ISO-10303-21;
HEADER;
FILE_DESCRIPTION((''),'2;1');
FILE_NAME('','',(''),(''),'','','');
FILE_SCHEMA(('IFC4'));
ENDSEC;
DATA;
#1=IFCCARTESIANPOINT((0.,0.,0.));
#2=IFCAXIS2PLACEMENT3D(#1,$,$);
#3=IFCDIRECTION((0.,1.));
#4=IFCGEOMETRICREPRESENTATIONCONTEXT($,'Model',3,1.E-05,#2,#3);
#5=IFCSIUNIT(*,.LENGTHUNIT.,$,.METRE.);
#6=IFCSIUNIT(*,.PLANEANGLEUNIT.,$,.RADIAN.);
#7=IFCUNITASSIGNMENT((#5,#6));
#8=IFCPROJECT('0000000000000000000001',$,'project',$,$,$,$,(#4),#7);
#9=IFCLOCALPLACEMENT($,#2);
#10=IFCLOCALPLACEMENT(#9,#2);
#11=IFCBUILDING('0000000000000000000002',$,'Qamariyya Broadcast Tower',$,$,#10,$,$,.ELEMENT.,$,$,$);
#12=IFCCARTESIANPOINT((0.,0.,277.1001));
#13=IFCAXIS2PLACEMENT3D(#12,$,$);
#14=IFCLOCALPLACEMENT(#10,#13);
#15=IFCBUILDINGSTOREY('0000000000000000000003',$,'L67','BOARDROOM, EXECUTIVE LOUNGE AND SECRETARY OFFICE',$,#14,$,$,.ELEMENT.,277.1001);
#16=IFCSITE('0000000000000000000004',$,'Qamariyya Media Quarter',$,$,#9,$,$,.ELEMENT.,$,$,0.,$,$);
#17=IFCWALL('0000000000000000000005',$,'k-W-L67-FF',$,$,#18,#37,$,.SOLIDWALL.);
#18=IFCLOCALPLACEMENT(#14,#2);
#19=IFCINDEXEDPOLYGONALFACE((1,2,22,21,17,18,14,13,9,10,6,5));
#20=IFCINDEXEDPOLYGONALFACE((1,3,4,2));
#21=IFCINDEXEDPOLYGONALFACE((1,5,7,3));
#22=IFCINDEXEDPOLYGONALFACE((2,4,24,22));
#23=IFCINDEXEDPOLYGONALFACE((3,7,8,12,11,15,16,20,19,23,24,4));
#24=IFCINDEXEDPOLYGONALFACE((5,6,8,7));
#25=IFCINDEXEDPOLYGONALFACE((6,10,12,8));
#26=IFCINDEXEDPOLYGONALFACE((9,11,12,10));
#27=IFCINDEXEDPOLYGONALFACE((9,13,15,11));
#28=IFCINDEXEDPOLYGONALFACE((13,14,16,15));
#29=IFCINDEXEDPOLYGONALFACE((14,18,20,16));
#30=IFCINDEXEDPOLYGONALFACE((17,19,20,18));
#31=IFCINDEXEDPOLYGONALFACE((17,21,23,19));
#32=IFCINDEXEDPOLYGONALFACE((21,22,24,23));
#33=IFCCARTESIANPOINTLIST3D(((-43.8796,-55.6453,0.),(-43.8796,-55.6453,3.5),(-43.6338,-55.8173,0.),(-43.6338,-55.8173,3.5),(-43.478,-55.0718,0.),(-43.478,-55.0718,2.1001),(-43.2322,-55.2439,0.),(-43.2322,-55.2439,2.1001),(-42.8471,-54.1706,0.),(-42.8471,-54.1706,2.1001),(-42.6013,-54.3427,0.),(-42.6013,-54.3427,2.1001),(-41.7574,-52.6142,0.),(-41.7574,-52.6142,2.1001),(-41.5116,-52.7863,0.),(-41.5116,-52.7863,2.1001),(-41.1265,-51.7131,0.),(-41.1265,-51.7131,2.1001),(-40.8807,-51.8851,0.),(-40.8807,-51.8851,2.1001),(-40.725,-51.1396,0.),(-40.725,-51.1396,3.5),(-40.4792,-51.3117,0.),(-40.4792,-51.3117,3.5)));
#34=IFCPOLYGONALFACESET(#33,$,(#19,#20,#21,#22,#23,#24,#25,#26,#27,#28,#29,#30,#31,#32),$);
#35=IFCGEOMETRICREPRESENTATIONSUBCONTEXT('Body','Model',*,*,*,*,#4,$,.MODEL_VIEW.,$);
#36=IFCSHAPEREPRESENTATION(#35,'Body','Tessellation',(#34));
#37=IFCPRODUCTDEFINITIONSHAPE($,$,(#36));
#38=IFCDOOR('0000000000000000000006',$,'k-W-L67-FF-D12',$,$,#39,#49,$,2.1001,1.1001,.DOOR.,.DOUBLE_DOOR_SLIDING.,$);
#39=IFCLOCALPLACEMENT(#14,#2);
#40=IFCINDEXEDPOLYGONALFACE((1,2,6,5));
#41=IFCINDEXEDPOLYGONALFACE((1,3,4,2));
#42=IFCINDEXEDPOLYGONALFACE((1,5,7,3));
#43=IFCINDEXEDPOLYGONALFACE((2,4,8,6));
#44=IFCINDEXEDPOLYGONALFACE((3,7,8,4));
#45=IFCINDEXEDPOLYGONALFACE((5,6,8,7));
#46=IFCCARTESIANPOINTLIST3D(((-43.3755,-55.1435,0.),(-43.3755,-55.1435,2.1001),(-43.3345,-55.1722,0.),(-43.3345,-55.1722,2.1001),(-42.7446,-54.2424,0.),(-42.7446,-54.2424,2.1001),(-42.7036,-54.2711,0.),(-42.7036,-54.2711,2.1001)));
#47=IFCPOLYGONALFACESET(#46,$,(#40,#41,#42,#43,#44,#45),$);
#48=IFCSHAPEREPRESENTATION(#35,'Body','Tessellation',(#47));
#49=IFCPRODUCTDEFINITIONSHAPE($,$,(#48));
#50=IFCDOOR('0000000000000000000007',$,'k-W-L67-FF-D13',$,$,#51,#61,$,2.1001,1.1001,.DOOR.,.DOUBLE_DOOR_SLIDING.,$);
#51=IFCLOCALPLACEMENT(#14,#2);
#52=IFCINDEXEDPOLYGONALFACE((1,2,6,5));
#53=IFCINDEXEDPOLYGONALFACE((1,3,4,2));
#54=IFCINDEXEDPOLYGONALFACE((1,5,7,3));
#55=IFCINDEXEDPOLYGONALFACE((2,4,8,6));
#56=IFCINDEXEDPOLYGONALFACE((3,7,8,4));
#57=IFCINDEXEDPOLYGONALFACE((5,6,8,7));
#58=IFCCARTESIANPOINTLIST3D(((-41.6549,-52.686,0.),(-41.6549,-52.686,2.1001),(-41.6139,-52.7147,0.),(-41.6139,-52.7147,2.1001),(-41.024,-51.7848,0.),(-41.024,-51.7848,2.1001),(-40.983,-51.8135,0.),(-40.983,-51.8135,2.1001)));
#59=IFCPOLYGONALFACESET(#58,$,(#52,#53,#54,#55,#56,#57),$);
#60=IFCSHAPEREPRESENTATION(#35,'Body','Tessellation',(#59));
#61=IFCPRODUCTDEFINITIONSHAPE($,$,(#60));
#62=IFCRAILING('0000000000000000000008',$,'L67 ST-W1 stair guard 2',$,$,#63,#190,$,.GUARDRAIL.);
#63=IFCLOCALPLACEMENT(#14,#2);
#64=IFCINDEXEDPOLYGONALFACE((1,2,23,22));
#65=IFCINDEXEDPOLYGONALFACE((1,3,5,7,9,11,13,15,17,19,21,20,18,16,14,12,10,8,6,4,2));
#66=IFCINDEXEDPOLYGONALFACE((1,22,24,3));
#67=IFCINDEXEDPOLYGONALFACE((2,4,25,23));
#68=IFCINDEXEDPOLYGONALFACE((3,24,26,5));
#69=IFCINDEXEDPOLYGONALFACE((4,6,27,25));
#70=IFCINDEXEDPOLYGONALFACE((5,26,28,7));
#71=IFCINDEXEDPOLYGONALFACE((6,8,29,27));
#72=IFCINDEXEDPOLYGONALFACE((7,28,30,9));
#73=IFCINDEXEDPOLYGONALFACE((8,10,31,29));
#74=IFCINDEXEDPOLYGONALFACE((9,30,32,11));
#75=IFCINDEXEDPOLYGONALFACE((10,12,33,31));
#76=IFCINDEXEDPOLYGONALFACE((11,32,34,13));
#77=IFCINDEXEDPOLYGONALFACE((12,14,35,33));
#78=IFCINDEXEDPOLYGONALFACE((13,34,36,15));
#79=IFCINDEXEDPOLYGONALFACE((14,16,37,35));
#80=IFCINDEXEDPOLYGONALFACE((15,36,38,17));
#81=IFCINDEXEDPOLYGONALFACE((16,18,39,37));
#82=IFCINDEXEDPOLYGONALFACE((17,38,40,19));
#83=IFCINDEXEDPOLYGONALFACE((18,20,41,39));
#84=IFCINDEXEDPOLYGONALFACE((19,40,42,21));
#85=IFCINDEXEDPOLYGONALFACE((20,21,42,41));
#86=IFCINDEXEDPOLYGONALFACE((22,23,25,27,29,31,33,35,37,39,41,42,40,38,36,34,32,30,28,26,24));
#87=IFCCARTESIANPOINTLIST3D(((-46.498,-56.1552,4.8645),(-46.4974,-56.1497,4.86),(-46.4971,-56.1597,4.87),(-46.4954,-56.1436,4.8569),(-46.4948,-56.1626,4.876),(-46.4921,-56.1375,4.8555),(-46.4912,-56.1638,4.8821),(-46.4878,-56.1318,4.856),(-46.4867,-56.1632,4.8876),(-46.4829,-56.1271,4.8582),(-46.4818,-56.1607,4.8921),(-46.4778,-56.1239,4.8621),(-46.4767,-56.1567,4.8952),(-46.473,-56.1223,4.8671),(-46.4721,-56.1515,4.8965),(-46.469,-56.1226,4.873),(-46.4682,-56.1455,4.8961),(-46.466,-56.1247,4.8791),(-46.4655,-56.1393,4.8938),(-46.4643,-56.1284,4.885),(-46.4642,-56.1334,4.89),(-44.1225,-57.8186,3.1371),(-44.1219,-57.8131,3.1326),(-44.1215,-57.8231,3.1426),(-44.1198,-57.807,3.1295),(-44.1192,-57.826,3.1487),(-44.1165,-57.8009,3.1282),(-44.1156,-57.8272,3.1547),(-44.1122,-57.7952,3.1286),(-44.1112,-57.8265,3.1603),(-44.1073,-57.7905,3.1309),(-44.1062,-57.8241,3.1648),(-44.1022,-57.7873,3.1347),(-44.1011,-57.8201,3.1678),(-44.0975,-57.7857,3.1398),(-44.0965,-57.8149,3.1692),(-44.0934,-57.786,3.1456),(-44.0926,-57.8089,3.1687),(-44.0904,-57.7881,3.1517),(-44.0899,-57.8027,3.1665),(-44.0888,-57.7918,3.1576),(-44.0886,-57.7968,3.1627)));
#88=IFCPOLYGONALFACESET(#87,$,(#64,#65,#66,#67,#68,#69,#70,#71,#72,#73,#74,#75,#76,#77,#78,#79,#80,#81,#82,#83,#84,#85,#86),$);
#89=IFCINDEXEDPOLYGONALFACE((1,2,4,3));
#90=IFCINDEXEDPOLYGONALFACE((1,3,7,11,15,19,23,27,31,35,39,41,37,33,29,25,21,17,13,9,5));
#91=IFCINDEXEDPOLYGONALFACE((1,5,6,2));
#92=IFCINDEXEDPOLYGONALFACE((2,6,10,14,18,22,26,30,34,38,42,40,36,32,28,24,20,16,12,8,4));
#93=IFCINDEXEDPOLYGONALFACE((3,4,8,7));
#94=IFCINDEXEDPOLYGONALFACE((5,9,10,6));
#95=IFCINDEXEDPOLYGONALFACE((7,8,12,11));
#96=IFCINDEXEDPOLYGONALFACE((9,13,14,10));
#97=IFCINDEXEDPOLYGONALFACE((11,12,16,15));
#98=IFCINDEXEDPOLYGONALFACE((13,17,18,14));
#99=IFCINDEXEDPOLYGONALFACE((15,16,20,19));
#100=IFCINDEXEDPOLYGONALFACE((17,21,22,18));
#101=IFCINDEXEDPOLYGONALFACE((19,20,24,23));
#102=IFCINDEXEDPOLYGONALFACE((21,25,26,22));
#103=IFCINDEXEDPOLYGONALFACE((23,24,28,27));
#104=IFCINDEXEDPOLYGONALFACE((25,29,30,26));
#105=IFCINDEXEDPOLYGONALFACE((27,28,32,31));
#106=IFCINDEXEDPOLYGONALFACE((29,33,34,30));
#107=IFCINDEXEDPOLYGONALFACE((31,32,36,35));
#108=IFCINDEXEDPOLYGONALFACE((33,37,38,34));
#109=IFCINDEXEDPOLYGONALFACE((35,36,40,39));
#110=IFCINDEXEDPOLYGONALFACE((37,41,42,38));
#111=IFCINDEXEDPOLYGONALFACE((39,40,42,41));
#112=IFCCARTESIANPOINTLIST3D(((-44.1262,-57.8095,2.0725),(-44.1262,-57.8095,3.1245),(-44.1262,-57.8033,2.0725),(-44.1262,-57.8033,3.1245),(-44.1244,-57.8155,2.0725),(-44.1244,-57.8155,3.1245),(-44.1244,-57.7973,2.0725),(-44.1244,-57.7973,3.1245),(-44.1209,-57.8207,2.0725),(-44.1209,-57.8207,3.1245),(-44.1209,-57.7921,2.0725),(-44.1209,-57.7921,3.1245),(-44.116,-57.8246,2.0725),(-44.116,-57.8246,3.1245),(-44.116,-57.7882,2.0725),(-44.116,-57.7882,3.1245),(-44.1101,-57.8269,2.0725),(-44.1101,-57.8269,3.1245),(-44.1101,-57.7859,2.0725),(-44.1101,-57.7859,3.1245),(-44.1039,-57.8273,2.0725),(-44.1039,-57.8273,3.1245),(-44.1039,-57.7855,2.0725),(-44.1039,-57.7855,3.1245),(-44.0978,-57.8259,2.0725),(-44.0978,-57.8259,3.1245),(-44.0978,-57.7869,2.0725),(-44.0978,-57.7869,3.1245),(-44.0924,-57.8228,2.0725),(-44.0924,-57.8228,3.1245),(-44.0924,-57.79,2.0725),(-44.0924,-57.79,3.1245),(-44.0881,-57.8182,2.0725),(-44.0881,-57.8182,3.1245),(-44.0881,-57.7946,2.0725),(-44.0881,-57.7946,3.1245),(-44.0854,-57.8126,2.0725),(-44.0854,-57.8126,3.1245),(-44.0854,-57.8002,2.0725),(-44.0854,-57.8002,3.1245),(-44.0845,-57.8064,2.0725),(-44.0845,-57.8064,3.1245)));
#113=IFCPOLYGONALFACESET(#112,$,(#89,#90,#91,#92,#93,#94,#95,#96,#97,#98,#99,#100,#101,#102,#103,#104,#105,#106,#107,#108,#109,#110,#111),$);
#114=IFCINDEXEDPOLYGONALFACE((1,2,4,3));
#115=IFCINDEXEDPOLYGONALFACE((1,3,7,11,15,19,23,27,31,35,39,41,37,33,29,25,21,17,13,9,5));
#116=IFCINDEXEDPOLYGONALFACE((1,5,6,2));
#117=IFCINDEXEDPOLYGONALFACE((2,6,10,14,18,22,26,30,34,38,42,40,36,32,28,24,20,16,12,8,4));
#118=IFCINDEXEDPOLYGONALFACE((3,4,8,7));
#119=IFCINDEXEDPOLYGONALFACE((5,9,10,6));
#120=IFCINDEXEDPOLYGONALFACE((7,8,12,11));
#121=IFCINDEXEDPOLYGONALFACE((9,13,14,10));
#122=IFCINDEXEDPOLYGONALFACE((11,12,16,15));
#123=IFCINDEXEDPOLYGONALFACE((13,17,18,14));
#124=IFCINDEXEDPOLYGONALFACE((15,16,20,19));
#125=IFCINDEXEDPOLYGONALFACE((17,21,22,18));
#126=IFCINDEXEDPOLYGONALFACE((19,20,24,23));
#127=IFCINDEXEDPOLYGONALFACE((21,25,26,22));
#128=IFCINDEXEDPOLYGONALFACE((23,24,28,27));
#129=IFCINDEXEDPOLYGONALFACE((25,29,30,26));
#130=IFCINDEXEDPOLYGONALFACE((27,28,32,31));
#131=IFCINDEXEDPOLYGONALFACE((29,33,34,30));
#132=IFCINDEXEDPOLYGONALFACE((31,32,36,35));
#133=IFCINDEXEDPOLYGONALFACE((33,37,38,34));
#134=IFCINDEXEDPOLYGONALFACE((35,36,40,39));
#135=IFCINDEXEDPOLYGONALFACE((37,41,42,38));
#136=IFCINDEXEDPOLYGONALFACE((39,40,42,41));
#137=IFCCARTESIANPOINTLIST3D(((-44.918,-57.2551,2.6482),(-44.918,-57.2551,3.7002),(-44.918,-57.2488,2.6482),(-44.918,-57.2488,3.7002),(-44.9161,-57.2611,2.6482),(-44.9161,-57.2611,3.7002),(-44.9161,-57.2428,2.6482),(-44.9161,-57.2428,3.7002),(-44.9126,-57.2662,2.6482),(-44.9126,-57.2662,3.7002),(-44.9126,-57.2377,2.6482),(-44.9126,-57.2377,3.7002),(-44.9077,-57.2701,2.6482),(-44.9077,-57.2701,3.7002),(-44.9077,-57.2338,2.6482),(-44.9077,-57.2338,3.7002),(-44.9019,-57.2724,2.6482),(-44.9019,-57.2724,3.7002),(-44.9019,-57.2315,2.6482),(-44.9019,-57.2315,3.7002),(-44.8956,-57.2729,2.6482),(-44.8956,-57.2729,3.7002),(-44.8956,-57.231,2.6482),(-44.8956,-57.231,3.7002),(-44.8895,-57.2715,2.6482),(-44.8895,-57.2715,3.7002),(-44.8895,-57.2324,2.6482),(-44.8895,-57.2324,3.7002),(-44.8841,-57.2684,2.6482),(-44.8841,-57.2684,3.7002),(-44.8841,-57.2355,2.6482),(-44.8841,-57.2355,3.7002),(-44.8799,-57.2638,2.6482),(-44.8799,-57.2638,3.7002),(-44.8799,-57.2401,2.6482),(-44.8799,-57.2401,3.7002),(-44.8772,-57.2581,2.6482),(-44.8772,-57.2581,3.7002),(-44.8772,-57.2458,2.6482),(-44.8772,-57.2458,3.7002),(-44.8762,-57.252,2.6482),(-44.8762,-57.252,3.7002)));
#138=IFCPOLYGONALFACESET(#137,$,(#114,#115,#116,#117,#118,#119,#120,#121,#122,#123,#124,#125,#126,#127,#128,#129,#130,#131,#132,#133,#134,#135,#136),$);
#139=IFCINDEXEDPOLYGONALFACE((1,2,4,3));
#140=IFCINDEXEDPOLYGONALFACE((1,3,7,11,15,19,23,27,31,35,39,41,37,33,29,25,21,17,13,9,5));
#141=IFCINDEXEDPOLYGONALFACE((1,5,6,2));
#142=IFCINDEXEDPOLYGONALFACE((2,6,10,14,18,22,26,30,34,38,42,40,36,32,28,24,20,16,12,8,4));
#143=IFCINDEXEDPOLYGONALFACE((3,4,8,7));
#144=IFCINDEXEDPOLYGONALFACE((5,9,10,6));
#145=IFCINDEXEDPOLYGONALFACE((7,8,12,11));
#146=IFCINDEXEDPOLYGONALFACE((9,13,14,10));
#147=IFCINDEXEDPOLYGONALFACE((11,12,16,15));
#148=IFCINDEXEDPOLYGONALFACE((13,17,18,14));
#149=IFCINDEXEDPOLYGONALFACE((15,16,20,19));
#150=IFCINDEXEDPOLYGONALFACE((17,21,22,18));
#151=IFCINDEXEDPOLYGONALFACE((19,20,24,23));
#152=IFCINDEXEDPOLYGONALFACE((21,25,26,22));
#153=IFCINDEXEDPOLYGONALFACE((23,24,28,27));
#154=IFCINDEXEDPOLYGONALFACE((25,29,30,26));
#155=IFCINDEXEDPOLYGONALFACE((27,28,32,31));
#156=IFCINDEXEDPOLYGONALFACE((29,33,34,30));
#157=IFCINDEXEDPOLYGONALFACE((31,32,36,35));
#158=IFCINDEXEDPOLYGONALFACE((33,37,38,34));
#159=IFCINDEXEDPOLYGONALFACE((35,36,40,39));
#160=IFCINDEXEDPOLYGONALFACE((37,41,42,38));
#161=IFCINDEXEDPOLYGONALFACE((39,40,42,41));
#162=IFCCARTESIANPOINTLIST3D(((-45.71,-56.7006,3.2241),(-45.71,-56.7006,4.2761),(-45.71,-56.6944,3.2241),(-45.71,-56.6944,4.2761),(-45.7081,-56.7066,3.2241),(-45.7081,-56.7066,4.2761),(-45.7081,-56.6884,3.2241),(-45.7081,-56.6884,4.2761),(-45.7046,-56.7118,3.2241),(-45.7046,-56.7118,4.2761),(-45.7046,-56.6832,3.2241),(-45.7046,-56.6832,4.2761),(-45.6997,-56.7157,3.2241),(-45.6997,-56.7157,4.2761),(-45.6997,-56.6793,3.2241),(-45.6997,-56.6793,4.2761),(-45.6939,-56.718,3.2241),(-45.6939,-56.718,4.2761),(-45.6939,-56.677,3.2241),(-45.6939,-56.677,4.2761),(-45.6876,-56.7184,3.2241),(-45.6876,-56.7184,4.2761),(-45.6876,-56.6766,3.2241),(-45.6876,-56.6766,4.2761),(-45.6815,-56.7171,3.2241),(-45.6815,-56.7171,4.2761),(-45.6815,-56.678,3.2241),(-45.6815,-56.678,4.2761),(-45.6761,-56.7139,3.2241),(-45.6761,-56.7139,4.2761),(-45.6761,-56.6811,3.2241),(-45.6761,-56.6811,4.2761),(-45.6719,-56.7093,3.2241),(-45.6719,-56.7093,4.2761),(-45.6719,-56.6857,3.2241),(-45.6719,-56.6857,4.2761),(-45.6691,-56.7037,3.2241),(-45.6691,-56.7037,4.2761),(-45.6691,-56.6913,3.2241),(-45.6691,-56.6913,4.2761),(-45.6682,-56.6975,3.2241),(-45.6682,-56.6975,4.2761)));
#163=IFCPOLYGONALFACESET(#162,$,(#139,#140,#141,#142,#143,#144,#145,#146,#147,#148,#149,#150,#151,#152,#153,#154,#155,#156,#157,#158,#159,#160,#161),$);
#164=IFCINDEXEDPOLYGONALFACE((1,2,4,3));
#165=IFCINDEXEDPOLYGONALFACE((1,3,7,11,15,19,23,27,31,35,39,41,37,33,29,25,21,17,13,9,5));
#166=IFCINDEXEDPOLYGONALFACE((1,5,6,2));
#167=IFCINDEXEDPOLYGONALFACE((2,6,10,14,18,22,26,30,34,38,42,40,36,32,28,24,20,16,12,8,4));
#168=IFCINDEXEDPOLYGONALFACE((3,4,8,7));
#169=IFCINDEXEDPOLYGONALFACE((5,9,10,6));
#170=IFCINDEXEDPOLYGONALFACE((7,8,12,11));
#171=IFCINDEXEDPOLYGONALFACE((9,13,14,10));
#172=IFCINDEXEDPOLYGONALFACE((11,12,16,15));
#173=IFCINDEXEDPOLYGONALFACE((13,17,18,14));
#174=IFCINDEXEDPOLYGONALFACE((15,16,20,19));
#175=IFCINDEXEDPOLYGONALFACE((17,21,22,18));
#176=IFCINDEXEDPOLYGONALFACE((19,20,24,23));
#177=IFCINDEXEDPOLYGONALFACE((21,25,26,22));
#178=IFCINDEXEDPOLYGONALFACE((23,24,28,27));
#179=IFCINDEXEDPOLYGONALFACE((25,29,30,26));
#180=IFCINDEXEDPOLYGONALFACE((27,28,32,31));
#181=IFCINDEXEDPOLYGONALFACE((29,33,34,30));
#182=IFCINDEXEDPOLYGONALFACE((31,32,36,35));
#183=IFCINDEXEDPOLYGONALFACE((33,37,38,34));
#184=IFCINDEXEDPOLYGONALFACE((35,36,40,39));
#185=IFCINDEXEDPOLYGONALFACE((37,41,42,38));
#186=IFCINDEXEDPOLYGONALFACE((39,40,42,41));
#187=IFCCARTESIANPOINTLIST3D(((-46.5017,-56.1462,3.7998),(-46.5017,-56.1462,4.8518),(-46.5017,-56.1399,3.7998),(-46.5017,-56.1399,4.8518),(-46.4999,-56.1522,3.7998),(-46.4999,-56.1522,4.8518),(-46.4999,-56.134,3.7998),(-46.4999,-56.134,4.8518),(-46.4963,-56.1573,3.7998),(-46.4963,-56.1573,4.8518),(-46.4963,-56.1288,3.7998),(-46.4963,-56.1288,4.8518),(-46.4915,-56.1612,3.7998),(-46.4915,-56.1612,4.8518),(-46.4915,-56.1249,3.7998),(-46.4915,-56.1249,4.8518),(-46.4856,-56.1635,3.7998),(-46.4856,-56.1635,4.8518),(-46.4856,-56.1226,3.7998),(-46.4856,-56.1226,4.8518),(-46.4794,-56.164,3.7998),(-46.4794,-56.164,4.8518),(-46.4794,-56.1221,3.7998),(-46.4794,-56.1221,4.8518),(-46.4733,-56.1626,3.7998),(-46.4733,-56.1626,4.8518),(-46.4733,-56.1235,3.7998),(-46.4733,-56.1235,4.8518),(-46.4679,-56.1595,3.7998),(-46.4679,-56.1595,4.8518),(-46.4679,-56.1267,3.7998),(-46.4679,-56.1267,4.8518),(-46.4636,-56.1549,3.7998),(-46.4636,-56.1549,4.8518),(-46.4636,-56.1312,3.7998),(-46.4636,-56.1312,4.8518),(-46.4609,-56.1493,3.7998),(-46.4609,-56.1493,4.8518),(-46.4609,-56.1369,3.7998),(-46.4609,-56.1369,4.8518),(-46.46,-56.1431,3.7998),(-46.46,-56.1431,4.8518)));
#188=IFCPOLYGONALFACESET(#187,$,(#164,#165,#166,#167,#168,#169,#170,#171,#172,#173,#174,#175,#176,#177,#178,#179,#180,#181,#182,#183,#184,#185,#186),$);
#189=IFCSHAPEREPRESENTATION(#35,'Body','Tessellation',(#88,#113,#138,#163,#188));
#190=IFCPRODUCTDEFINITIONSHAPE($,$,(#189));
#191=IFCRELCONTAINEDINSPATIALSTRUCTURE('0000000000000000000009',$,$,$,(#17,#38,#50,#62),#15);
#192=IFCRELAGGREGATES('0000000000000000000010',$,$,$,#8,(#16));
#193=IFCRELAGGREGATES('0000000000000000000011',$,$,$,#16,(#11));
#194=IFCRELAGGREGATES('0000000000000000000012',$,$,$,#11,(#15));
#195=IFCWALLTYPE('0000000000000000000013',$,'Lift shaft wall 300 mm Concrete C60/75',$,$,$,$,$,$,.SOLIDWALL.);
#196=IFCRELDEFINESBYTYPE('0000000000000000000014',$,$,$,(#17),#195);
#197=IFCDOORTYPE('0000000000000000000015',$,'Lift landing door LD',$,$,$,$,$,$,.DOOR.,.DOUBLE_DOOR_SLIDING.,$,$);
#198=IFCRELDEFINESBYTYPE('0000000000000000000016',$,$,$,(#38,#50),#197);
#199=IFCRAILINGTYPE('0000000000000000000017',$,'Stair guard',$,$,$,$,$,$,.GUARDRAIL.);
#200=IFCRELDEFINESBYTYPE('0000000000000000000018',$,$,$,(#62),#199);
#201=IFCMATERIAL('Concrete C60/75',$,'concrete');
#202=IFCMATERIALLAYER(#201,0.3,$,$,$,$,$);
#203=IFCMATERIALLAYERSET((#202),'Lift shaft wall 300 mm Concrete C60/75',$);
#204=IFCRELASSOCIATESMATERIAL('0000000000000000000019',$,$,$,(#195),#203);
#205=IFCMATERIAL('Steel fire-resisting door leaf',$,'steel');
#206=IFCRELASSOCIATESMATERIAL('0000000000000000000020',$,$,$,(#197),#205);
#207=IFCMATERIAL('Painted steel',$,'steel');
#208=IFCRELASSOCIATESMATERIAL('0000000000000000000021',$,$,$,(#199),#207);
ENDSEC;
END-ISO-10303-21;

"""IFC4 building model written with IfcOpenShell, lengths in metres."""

from ifc_helpers import new_model, si_unit, direction, frame, frame_2d, origin, origin_2d, place, context, subcontext, project, spatial, rectangle, circle, extrude, material, layer, layer_set, type_object, element, fill, save


model = new_model("IFC4")

# Units and contexts
model_context = context("Model", 3, precision=1e-05, world=origin(), true_north=direction((0.0, 1.0)))
body_context = subcontext(model_context, "Body", "Model", "MODEL_VIEW")
ifc_project = project(units=[si_unit("LENGTHUNIT", "METRE"), si_unit("PLANEANGLEUNIT", "RADIAN")], contexts=[model_context])

# Site, building, storey
site_placement = place(None, origin())
site = spatial("IfcSite", under=ifc_project, at=site_placement, Name="Qamariyya Media Quarter", CompositionType="ELEMENT", RefElevation=0.0)
building_placement = place(site_placement, origin())
building = spatial("IfcBuilding", under=site, at=building_placement, Name="Qamariyya Broadcast Tower", CompositionType="ELEMENT")
storey_placement = place(building_placement, frame((0.0, 0.0, 277.1001)))
storey = spatial("IfcBuildingStorey", under=building, at=storey_placement, Name="L67", Description="BOARDROOM, EXECUTIVE LOUNGE AND SECRETARY OFFICE", CompositionType="ELEMENT", Elevation=277.1001)

# Shared definitions
ifc_material_1 = material(Name="Concrete C60/75", Category="concrete")
ifc_material_2 = material(Name="Steel fire-resisting door leaf", Category="steel")

# Shared definitions
ifc_layer_1 = layer(ifc_material_1, 0.3)
ifc_layer_set_1 = layer_set([ifc_layer_1], Name="Lift shaft wall 300 mm Concrete C60/75")
wall_type_1 = type_object("IfcWallType", Name="Lift shaft wall 300 mm Concrete C60/75", PredefinedType="SOLIDWALL", material=ifc_layer_set_1)

# Wall, openings, doors
wall_1_placement = place(storey_placement, frame((-43.7566, -55.7312, 0.0), z_axis=(0.0, 0.0, 1.0), x_axis=(0.573537, 0.81918, 0.0)))
wall_1 = element("IfcWall", 1, at=wall_1_placement, inside=storey, type_object=wall_type_1, Name="k-W-L67-FF", PredefinedType="SOLIDWALL", context=body_context, shape_type="SweptSolid", body=[
    extrude(rectangle(XDim=5.5002, YDim=0.3, at=frame_2d((2.75, 0.0))), origin(), (0.0, 0.0, 1.0), 3.5),
])
opening_1_placement = place(wall_1_placement, frame((0.7, 0.0, 0.0)))
opening_1 = element("IfcOpeningElement", 2, at=opening_1_placement, cuts=wall_1, PredefinedType="OPENING", context=body_context, shape_type="SweptSolid", body=[
    extrude(rectangle(XDim=1.1001, YDim=2.1001, at=frame_2d((0.55, 1.05))), frame((0.0, 0.1599, 0.0), z_axis=(0.0, -1.0, 0.0), x_axis=(1.0, 0.0, 0.0)), (0.0, 0.0, 1.0), 0.3201),
])
opening_2_placement = place(wall_1_placement, frame((3.7, 0.0, 0.0)))
opening_2 = element("IfcOpeningElement", 3, at=opening_2_placement, cuts=wall_1, PredefinedType="OPENING", context=body_context, shape_type="SweptSolid", body=[
    extrude(rectangle(XDim=1.1001, YDim=2.1001, at=frame_2d((0.55, 1.05))), frame((0.0, 0.1599, 0.0), z_axis=(0.0, -1.0, 0.0), x_axis=(1.0, 0.0, 0.0)), (0.0, 0.0, 1.0), 0.3201),
])
door_type_1 = type_object("IfcDoorType", Name="Lift landing door LD", OperationType="DOUBLE_DOOR_SLIDING", PredefinedType="DOOR", material=ifc_material_2)
door_1_placement = place(opening_1_placement, origin())
door_1 = element("IfcDoor", 4, at=door_1_placement, inside=storey, type_object=door_type_1, Name="k-W-L67-FF-D12", OperationType="DOUBLE_DOOR_SLIDING", OverallHeight=2.1001, OverallWidth=1.1001, PredefinedType="DOOR", context=body_context, shape_type="SweptSolid", body=[
    extrude(rectangle(XDim=1.1001, YDim=2.1001, at=frame_2d((0.55, 1.05))), frame((0.0, 0.0249, 0.0), z_axis=(0.0, -1.0, 0.0), x_axis=(1.0, 0.0, 0.0)), (0.0, 0.0, 1.0), 0.05),
])
fill(opening_1, door_1)
door_2_placement = place(opening_2_placement, origin())
door_2 = element("IfcDoor", 5, at=door_2_placement, inside=storey, type_object=door_type_1, Name="k-W-L67-FF-D13", OperationType="DOUBLE_DOOR_SLIDING", OverallHeight=2.1001, OverallWidth=1.1001, PredefinedType="DOOR", context=body_context, shape_type="SweptSolid", body=[
    extrude(rectangle(XDim=1.1001, YDim=2.1001, at=frame_2d((0.55, 1.05))), frame((0.0, 0.0249, 0.0), z_axis=(0.0, -1.0, 0.0), x_axis=(1.0, 0.0, 0.0)), (0.0, 0.0, 1.0), 0.05),
])
fill(opening_2, door_2)

# Railing
ifc_material_3 = material(Name="Painted steel", Category="steel")
railing_type_1 = type_object("IfcRailingType", Name="Stair guard", PredefinedType="GUARDRAIL", material=ifc_material_3)
railing_1_placement = place(storey_placement, frame((-44.1055, -57.8064, 2.0725)))
element("IfcRailing", 6, at=railing_1_placement, inside=storey, type_object=railing_type_1, Name="L67 ST-W1 stair guard 2", PredefinedType="GUARDRAIL", context=body_context, shape_type="SweptSolid", body=[
    extrude(circle(Radius=0.0239, at=origin_2d()), frame((0.0, 0.0, 1.0762), z_axis=(-0.70377, 0.492784, 0.511734), x_axis=(-0.573575, -0.819153, 0.0)), (0.0, 0.0, 1.0), 3.3755),
    extrude(circle(Radius=0.021, at=origin_2d()), origin(), (0.0, 0.0, 1.0), 1.052),
    extrude(circle(Radius=0.021, at=origin_2d()), frame((-0.7917, 0.5544, 0.5757)), (0.0, 0.0, 1.0), 1.052),
    extrude(circle(Radius=0.021, at=origin_2d()), frame((-1.5837, 1.1089, 1.1516)), (0.0, 0.0, 1.0), 1.052),
    extrude(circle(Radius=0.021, at=origin_2d()), frame((-2.3755, 1.6633, 1.7273)), (0.0, 0.0, 1.0), 1.052),
])

save(model, "model.ifc")
